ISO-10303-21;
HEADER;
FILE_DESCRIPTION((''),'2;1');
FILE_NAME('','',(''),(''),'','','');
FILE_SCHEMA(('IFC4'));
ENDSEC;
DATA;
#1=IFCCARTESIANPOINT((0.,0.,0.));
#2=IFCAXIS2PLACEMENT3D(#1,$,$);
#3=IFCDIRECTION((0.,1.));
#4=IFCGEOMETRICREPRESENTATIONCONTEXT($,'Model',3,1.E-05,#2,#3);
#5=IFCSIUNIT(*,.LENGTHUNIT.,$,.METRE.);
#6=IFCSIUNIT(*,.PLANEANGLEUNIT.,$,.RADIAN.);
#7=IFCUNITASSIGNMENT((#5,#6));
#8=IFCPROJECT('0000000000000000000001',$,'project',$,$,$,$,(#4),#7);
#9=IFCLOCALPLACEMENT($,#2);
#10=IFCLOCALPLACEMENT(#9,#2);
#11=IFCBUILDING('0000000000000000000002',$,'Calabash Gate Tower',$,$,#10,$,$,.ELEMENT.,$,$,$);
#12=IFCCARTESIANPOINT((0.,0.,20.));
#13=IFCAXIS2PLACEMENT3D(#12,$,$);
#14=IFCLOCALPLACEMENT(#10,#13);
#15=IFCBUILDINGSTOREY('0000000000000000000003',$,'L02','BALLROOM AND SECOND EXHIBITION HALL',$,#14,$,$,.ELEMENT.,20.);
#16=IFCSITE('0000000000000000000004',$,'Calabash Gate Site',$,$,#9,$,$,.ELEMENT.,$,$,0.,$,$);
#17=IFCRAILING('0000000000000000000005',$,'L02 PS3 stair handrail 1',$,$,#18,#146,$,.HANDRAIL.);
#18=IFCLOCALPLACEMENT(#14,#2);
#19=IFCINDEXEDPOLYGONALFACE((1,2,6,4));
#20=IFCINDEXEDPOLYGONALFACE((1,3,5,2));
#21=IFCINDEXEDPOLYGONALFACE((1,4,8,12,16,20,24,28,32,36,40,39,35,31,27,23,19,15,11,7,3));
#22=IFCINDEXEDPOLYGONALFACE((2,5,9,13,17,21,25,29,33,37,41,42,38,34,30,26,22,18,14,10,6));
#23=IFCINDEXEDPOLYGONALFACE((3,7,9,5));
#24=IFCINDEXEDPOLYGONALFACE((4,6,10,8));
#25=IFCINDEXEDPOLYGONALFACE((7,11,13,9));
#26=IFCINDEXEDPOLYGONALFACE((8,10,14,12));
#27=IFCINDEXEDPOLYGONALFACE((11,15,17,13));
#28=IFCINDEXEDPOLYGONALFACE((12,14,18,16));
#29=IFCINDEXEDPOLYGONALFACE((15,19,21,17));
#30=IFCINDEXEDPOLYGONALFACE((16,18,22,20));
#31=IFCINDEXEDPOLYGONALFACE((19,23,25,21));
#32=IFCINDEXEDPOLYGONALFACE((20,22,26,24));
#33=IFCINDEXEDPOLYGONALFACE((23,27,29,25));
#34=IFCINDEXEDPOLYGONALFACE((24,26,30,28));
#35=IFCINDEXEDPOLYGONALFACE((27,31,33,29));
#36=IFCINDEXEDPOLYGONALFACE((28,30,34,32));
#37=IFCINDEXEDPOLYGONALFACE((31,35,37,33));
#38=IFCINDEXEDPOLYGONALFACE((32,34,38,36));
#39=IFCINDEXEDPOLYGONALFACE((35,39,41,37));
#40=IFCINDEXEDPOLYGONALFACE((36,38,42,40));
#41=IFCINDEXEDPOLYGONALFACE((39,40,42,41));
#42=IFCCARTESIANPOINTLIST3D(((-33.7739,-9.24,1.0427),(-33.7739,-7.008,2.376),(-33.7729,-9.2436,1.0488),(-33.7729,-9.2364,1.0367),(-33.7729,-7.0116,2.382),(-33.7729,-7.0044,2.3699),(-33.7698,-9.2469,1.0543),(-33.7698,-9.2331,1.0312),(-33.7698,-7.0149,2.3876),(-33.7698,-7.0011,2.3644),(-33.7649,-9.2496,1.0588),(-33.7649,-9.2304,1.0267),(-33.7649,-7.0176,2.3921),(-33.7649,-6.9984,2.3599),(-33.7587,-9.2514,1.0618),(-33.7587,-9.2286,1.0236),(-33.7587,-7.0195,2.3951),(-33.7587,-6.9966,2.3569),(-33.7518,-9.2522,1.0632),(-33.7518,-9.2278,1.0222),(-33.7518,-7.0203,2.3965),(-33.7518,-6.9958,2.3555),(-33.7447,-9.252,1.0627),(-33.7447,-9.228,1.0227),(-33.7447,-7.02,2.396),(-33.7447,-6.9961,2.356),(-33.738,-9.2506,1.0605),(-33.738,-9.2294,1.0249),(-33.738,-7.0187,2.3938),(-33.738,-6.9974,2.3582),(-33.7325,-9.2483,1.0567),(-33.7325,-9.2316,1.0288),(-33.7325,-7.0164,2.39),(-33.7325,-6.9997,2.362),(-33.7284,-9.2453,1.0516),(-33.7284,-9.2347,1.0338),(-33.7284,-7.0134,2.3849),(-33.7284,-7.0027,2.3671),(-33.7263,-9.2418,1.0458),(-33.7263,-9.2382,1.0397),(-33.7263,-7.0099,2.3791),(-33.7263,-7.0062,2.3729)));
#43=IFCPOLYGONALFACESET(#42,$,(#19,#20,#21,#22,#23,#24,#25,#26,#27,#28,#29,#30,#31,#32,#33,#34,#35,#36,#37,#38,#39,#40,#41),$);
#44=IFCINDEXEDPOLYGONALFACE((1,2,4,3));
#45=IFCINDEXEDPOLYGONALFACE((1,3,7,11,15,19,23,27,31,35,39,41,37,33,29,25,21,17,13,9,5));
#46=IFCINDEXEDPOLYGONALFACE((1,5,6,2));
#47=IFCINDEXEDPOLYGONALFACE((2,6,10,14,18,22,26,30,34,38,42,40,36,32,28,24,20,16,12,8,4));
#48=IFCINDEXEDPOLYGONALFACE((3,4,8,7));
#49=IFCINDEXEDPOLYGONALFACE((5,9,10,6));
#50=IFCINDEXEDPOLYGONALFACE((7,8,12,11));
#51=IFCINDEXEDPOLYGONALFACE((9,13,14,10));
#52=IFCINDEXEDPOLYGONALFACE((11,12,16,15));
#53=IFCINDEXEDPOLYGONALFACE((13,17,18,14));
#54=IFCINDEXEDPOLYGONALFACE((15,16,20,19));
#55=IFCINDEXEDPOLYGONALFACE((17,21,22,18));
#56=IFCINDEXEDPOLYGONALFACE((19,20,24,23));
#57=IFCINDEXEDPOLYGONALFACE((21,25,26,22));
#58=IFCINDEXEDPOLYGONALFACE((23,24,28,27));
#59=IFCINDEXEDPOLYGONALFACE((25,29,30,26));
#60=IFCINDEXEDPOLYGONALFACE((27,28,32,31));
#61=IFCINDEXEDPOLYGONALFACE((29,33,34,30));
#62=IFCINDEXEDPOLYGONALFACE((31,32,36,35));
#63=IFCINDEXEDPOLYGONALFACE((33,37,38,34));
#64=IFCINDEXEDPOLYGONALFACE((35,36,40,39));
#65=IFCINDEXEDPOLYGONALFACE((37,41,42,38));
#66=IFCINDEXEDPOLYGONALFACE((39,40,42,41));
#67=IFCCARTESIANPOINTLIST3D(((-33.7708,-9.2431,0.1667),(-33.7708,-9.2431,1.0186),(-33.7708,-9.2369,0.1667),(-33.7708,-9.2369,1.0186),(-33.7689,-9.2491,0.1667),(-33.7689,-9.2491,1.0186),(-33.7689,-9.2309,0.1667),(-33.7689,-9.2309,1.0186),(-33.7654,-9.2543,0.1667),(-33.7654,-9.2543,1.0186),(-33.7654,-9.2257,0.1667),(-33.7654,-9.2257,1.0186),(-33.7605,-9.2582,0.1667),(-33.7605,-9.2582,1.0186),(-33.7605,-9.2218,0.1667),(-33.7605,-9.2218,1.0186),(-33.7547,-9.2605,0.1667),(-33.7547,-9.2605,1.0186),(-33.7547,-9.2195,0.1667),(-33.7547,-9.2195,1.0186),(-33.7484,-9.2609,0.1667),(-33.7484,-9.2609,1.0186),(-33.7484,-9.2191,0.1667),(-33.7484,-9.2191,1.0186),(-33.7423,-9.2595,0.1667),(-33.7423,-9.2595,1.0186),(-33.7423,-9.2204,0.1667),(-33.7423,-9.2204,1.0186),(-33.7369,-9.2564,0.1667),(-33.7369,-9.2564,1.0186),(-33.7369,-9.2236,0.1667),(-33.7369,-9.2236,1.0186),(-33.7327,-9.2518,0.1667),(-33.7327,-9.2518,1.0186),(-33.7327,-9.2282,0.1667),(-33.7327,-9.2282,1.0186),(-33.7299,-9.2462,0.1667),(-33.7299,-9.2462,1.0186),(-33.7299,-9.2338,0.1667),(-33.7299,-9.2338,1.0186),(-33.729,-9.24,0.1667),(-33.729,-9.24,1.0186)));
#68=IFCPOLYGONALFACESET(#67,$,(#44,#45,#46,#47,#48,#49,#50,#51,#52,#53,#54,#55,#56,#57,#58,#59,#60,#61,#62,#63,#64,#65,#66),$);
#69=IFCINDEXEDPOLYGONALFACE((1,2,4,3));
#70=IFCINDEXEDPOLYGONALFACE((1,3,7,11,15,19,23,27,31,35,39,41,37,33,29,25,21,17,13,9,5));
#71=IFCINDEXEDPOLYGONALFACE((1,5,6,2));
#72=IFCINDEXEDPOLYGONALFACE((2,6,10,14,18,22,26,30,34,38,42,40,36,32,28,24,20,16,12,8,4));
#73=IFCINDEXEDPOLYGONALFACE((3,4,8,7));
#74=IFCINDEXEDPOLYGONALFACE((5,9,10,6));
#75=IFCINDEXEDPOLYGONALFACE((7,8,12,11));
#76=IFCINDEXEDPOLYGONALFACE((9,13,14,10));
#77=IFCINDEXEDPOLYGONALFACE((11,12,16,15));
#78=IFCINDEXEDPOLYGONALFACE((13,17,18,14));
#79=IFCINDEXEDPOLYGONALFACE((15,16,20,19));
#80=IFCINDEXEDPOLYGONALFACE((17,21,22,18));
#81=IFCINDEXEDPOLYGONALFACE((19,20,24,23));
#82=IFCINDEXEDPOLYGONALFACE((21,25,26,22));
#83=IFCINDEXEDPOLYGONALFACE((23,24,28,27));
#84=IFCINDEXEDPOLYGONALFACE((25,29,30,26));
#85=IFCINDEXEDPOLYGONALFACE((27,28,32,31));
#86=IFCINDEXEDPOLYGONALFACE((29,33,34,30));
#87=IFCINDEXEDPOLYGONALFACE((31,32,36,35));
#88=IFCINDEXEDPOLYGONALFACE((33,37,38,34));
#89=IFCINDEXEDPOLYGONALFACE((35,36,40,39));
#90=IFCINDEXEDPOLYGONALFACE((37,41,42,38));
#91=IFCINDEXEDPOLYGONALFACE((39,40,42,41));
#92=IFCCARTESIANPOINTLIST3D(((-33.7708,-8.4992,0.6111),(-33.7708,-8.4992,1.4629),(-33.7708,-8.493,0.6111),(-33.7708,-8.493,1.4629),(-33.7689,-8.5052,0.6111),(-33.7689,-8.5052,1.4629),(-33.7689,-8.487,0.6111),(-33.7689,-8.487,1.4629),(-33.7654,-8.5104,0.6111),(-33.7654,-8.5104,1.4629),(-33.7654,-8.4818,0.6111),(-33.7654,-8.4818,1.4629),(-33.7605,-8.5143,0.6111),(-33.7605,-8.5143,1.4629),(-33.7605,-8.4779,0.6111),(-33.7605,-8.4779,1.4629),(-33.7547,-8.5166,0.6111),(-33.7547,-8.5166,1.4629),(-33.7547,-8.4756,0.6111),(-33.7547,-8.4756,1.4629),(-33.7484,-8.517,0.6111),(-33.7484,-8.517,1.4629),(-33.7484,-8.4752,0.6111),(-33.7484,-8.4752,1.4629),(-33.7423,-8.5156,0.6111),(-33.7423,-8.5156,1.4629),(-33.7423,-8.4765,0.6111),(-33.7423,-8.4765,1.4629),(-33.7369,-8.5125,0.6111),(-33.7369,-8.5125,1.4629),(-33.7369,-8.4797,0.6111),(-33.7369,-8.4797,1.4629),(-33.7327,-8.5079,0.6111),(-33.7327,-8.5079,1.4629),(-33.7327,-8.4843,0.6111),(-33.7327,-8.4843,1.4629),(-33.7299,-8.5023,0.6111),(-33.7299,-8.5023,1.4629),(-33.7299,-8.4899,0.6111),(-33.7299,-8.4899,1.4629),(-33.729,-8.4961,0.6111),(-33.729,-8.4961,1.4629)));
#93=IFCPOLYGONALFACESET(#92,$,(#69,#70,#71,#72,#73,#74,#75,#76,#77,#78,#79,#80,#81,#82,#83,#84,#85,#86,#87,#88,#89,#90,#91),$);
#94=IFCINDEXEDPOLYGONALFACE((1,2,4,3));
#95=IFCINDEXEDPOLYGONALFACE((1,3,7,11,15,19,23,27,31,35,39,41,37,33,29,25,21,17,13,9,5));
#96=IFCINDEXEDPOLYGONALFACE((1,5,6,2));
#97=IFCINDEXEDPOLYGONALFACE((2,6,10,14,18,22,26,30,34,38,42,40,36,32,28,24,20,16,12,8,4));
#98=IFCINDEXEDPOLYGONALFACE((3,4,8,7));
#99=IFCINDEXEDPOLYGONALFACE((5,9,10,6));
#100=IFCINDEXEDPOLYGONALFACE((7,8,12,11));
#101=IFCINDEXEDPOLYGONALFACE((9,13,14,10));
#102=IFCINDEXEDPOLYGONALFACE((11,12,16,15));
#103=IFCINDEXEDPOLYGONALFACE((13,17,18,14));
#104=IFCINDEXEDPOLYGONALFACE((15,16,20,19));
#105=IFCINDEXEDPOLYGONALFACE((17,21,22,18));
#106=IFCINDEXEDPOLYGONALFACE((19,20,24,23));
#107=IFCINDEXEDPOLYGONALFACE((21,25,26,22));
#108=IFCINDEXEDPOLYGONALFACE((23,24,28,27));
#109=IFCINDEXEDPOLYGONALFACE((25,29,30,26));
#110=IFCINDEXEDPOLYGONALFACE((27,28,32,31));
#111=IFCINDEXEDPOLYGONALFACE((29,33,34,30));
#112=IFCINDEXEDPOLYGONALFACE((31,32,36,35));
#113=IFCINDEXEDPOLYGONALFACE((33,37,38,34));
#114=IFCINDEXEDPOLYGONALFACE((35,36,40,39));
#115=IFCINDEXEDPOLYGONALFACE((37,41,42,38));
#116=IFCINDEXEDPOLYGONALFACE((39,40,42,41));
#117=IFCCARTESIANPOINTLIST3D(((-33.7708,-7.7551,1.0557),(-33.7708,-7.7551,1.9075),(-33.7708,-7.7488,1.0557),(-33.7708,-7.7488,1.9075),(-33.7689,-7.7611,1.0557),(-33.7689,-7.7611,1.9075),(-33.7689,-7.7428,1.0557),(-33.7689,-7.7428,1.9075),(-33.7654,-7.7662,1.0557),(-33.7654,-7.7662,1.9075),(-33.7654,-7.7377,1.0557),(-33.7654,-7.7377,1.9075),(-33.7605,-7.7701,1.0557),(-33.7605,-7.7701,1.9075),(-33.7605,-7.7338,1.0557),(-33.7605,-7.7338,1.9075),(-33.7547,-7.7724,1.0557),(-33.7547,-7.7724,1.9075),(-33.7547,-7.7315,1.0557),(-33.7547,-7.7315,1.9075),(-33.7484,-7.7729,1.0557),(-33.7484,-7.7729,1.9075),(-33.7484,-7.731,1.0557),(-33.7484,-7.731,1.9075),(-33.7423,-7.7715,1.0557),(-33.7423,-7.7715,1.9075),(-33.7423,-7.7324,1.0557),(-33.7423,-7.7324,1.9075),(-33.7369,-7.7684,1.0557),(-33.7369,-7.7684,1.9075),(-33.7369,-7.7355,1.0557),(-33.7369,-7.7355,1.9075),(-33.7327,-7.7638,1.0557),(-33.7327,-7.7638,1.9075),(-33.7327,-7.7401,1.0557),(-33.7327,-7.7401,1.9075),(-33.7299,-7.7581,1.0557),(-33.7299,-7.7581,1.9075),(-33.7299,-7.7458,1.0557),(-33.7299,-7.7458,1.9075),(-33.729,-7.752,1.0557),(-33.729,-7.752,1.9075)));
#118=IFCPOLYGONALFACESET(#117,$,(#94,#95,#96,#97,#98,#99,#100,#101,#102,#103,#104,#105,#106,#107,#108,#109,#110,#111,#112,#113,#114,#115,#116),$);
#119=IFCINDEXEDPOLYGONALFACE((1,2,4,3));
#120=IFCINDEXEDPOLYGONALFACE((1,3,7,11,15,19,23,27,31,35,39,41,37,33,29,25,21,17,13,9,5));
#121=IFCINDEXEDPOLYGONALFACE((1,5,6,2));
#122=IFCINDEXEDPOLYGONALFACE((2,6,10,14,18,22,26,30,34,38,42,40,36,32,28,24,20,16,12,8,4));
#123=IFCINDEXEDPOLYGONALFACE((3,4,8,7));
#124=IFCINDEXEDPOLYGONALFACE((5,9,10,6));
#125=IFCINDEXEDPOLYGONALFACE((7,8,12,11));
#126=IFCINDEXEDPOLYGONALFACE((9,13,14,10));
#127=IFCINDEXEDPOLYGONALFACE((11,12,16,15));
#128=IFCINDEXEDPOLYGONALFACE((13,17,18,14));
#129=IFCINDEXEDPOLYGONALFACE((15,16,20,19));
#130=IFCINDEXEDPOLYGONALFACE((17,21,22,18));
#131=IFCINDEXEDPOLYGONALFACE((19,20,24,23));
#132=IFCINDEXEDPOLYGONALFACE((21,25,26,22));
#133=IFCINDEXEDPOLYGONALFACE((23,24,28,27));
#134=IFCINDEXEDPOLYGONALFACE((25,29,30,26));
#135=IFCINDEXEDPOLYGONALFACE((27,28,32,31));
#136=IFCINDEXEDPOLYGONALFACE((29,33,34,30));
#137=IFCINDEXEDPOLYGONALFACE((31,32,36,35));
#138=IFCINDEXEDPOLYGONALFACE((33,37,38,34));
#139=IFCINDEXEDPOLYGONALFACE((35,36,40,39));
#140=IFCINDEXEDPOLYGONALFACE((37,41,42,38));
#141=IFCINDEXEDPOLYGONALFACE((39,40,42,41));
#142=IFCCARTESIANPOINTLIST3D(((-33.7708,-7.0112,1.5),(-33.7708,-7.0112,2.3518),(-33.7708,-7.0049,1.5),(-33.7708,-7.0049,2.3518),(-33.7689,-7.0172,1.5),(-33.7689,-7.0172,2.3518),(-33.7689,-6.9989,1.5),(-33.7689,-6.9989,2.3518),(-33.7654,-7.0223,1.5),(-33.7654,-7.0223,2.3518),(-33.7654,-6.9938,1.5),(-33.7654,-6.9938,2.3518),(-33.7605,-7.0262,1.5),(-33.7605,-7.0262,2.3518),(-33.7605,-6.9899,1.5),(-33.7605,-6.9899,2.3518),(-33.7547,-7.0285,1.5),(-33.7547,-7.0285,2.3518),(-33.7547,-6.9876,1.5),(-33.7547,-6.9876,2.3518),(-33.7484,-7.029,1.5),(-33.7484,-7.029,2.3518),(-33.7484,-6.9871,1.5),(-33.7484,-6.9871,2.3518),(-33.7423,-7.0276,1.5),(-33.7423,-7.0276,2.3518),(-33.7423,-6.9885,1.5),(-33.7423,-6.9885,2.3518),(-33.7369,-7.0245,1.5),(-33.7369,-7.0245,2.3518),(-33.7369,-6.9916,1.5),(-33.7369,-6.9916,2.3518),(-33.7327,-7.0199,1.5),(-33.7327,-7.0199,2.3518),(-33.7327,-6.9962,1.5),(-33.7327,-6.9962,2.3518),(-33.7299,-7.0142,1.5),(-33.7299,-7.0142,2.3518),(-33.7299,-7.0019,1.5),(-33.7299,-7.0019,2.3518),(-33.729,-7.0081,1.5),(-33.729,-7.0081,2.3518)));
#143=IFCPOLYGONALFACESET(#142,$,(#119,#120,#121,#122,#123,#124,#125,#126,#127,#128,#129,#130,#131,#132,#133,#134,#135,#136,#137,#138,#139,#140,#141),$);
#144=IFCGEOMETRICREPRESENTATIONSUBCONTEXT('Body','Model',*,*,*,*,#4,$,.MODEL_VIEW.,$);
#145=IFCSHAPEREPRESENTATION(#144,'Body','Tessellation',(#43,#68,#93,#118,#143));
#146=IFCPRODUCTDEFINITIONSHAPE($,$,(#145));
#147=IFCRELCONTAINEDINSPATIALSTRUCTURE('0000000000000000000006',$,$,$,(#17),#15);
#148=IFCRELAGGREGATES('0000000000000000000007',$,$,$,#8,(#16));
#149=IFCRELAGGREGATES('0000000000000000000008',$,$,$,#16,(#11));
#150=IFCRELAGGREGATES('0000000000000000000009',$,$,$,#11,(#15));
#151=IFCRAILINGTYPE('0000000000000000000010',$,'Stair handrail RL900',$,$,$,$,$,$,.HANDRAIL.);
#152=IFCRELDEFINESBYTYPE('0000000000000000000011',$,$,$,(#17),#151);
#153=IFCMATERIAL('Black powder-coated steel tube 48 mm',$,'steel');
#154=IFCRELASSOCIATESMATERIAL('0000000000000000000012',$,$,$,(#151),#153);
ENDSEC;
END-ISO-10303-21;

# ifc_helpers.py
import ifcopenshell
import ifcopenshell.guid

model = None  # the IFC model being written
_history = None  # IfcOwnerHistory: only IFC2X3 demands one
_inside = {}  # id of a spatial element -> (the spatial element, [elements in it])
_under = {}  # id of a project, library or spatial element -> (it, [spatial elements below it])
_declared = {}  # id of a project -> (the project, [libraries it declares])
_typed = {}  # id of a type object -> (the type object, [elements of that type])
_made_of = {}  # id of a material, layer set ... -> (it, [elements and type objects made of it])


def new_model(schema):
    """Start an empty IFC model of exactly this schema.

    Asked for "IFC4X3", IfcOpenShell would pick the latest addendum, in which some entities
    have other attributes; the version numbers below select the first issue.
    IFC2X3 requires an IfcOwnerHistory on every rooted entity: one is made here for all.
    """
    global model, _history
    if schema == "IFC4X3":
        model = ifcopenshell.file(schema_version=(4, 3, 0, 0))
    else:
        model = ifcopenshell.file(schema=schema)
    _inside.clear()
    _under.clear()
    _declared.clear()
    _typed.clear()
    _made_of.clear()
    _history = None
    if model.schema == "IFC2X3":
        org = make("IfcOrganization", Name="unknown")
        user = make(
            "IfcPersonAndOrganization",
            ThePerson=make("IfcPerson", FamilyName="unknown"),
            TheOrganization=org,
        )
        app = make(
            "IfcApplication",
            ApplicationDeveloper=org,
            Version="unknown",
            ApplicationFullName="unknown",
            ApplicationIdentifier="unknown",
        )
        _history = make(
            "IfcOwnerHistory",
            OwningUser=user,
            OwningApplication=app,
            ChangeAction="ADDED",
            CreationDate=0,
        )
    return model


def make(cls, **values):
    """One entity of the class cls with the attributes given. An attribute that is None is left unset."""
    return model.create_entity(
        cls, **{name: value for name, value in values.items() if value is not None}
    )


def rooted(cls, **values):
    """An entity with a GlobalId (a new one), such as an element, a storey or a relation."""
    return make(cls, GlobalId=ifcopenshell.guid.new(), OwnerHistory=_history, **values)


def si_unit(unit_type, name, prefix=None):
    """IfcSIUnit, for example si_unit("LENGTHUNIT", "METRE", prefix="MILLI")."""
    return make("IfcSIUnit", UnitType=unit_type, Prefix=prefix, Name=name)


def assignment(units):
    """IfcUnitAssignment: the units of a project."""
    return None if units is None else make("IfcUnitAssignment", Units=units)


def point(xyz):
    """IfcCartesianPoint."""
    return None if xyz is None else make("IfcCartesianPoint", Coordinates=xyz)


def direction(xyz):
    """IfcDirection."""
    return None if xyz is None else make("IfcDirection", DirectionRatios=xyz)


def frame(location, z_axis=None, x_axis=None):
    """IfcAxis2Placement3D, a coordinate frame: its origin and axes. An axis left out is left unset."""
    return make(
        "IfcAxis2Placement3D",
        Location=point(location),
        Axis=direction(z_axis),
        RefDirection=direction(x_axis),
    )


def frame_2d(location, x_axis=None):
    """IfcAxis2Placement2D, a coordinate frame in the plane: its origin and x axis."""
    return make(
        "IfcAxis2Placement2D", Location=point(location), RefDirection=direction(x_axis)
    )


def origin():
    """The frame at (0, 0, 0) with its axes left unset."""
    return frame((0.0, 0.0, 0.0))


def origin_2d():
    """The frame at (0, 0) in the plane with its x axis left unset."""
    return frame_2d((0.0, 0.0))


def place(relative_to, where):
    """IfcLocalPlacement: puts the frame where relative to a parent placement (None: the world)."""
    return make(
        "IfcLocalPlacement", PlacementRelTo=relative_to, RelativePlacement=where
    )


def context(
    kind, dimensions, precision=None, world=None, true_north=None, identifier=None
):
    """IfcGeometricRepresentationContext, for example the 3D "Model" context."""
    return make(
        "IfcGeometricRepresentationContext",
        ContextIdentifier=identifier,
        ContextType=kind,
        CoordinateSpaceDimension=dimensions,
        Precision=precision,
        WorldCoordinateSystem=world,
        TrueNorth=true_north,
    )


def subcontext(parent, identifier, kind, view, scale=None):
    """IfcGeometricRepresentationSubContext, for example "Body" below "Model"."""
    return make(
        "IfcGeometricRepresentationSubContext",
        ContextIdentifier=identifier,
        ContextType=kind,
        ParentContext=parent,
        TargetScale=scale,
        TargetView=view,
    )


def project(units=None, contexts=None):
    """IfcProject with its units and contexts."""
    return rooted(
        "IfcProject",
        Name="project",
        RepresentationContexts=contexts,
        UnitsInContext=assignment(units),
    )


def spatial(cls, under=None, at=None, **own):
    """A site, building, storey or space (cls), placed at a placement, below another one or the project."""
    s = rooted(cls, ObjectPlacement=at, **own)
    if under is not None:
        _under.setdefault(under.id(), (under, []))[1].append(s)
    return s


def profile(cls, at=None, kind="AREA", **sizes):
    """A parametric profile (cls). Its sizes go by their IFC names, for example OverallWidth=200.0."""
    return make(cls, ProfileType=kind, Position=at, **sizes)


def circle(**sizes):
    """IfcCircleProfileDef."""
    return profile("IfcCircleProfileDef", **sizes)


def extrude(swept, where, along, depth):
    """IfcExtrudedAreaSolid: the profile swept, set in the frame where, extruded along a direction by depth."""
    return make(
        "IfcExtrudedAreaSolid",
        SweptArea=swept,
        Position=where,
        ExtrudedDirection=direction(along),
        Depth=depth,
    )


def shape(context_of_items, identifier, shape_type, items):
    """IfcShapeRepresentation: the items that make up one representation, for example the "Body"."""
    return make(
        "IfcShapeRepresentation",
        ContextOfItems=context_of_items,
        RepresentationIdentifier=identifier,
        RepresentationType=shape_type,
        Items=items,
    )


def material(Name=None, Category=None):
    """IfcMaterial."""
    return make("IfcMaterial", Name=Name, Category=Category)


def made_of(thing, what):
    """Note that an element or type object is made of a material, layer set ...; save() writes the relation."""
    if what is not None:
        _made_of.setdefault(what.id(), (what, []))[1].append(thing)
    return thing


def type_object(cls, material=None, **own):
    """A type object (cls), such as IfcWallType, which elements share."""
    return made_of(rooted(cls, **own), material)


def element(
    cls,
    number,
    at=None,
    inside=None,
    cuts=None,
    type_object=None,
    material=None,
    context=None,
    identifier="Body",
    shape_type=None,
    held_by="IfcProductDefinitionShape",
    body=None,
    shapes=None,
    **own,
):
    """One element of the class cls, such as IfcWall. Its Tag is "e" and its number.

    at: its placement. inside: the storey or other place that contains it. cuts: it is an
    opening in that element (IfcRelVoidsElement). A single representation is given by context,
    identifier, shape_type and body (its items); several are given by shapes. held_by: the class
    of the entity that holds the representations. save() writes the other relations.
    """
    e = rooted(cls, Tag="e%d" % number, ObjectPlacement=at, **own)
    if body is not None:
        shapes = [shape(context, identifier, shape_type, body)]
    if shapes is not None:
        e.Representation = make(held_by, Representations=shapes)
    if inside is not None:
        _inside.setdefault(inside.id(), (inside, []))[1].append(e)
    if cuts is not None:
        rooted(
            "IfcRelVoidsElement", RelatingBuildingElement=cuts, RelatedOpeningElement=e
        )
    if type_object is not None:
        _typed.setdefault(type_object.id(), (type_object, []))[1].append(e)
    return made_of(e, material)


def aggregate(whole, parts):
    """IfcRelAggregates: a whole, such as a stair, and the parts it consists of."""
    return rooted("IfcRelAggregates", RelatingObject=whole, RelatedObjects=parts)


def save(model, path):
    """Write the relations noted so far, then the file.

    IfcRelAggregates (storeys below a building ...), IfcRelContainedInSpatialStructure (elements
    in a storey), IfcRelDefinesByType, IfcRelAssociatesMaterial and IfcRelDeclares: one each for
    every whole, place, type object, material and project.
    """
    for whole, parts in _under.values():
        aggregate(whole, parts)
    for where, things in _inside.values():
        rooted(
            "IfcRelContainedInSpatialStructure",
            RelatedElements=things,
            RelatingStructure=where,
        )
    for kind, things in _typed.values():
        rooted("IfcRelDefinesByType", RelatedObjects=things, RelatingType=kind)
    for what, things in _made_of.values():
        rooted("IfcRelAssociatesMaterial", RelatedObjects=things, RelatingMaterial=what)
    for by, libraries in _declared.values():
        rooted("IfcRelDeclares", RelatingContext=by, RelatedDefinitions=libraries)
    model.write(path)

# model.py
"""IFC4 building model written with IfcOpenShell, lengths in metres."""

from ifc_helpers import new_model, si_unit, direction, frame, origin, origin_2d, place, context, subcontext, project, spatial, circle, extrude, material, type_object, element, save


model = new_model("IFC4")

# Units and contexts
model_context = context("Model", 3, precision=1e-05, world=origin(), true_north=direction((0.0, 1.0)))
body_context = subcontext(model_context, "Body", "Model", "MODEL_VIEW")
ifc_project = project(units=[si_unit("LENGTHUNIT", "METRE"), si_unit("PLANEANGLEUNIT", "RADIAN")], contexts=[model_context])

# Site, building, storey
site_placement = place(None, origin())
site = spatial("IfcSite", under=ifc_project, at=site_placement, Name="Calabash Gate Site", CompositionType="ELEMENT", RefElevation=0.0)
building_placement = place(site_placement, origin())
building = spatial("IfcBuilding", under=site, at=building_placement, Name="Calabash Gate Tower", CompositionType="ELEMENT")
storey_placement = place(building_placement, frame((0.0, 0.0, 20.0)))
storey = spatial("IfcBuildingStorey", under=building, at=storey_placement, Name="L02", Description="BALLROOM AND SECOND EXHIBITION HALL", CompositionType="ELEMENT", Elevation=20.0)

# Railing
ifc_material_1 = material(Name="Black powder-coated steel tube 48 mm", Category="steel")
railing_type_1 = type_object("IfcRailingType", Name="Stair handrail RL900", PredefinedType="HANDRAIL", material=ifc_material_1)
for number, where, name in (
    (1, (-33.75, -9.24, 0.1667), "L02 PS3 stair handrail 1"),
):
    element("IfcRailing", number, at=place(storey_placement, frame(where)), inside=storey, type_object=railing_type_1, Name=name, PredefinedType="HANDRAIL", context=body_context, shape_type="SweptSolid", body=[
        extrude(circle(Radius=0.0239, at=origin_2d()), frame((0.0, 0.0, 0.876), z_axis=(0.0, 0.858494, 0.512824), x_axis=(-1.0, 0.0, 0.0)), (0.0, 0.0, 1.0), 2.5999),
        extrude(circle(Radius=0.021, at=origin_2d()), origin(), (0.0, 0.0, 1.0), 0.8518),
        extrude(circle(Radius=0.021, at=origin_2d()), frame((0.0, 0.7439, 0.4443)), (0.0, 0.0, 1.0), 0.8518),
        extrude(circle(Radius=0.021, at=origin_2d()), frame((0.0, 1.488, 0.8889)), (0.0, 0.0, 1.0), 0.8518),
        extrude(circle(Radius=0.021, at=origin_2d()), frame((0.0, 2.2319, 1.3333)), (0.0, 0.0, 1.0), 0.8518),
    ])

save(model, "model.ifc")
